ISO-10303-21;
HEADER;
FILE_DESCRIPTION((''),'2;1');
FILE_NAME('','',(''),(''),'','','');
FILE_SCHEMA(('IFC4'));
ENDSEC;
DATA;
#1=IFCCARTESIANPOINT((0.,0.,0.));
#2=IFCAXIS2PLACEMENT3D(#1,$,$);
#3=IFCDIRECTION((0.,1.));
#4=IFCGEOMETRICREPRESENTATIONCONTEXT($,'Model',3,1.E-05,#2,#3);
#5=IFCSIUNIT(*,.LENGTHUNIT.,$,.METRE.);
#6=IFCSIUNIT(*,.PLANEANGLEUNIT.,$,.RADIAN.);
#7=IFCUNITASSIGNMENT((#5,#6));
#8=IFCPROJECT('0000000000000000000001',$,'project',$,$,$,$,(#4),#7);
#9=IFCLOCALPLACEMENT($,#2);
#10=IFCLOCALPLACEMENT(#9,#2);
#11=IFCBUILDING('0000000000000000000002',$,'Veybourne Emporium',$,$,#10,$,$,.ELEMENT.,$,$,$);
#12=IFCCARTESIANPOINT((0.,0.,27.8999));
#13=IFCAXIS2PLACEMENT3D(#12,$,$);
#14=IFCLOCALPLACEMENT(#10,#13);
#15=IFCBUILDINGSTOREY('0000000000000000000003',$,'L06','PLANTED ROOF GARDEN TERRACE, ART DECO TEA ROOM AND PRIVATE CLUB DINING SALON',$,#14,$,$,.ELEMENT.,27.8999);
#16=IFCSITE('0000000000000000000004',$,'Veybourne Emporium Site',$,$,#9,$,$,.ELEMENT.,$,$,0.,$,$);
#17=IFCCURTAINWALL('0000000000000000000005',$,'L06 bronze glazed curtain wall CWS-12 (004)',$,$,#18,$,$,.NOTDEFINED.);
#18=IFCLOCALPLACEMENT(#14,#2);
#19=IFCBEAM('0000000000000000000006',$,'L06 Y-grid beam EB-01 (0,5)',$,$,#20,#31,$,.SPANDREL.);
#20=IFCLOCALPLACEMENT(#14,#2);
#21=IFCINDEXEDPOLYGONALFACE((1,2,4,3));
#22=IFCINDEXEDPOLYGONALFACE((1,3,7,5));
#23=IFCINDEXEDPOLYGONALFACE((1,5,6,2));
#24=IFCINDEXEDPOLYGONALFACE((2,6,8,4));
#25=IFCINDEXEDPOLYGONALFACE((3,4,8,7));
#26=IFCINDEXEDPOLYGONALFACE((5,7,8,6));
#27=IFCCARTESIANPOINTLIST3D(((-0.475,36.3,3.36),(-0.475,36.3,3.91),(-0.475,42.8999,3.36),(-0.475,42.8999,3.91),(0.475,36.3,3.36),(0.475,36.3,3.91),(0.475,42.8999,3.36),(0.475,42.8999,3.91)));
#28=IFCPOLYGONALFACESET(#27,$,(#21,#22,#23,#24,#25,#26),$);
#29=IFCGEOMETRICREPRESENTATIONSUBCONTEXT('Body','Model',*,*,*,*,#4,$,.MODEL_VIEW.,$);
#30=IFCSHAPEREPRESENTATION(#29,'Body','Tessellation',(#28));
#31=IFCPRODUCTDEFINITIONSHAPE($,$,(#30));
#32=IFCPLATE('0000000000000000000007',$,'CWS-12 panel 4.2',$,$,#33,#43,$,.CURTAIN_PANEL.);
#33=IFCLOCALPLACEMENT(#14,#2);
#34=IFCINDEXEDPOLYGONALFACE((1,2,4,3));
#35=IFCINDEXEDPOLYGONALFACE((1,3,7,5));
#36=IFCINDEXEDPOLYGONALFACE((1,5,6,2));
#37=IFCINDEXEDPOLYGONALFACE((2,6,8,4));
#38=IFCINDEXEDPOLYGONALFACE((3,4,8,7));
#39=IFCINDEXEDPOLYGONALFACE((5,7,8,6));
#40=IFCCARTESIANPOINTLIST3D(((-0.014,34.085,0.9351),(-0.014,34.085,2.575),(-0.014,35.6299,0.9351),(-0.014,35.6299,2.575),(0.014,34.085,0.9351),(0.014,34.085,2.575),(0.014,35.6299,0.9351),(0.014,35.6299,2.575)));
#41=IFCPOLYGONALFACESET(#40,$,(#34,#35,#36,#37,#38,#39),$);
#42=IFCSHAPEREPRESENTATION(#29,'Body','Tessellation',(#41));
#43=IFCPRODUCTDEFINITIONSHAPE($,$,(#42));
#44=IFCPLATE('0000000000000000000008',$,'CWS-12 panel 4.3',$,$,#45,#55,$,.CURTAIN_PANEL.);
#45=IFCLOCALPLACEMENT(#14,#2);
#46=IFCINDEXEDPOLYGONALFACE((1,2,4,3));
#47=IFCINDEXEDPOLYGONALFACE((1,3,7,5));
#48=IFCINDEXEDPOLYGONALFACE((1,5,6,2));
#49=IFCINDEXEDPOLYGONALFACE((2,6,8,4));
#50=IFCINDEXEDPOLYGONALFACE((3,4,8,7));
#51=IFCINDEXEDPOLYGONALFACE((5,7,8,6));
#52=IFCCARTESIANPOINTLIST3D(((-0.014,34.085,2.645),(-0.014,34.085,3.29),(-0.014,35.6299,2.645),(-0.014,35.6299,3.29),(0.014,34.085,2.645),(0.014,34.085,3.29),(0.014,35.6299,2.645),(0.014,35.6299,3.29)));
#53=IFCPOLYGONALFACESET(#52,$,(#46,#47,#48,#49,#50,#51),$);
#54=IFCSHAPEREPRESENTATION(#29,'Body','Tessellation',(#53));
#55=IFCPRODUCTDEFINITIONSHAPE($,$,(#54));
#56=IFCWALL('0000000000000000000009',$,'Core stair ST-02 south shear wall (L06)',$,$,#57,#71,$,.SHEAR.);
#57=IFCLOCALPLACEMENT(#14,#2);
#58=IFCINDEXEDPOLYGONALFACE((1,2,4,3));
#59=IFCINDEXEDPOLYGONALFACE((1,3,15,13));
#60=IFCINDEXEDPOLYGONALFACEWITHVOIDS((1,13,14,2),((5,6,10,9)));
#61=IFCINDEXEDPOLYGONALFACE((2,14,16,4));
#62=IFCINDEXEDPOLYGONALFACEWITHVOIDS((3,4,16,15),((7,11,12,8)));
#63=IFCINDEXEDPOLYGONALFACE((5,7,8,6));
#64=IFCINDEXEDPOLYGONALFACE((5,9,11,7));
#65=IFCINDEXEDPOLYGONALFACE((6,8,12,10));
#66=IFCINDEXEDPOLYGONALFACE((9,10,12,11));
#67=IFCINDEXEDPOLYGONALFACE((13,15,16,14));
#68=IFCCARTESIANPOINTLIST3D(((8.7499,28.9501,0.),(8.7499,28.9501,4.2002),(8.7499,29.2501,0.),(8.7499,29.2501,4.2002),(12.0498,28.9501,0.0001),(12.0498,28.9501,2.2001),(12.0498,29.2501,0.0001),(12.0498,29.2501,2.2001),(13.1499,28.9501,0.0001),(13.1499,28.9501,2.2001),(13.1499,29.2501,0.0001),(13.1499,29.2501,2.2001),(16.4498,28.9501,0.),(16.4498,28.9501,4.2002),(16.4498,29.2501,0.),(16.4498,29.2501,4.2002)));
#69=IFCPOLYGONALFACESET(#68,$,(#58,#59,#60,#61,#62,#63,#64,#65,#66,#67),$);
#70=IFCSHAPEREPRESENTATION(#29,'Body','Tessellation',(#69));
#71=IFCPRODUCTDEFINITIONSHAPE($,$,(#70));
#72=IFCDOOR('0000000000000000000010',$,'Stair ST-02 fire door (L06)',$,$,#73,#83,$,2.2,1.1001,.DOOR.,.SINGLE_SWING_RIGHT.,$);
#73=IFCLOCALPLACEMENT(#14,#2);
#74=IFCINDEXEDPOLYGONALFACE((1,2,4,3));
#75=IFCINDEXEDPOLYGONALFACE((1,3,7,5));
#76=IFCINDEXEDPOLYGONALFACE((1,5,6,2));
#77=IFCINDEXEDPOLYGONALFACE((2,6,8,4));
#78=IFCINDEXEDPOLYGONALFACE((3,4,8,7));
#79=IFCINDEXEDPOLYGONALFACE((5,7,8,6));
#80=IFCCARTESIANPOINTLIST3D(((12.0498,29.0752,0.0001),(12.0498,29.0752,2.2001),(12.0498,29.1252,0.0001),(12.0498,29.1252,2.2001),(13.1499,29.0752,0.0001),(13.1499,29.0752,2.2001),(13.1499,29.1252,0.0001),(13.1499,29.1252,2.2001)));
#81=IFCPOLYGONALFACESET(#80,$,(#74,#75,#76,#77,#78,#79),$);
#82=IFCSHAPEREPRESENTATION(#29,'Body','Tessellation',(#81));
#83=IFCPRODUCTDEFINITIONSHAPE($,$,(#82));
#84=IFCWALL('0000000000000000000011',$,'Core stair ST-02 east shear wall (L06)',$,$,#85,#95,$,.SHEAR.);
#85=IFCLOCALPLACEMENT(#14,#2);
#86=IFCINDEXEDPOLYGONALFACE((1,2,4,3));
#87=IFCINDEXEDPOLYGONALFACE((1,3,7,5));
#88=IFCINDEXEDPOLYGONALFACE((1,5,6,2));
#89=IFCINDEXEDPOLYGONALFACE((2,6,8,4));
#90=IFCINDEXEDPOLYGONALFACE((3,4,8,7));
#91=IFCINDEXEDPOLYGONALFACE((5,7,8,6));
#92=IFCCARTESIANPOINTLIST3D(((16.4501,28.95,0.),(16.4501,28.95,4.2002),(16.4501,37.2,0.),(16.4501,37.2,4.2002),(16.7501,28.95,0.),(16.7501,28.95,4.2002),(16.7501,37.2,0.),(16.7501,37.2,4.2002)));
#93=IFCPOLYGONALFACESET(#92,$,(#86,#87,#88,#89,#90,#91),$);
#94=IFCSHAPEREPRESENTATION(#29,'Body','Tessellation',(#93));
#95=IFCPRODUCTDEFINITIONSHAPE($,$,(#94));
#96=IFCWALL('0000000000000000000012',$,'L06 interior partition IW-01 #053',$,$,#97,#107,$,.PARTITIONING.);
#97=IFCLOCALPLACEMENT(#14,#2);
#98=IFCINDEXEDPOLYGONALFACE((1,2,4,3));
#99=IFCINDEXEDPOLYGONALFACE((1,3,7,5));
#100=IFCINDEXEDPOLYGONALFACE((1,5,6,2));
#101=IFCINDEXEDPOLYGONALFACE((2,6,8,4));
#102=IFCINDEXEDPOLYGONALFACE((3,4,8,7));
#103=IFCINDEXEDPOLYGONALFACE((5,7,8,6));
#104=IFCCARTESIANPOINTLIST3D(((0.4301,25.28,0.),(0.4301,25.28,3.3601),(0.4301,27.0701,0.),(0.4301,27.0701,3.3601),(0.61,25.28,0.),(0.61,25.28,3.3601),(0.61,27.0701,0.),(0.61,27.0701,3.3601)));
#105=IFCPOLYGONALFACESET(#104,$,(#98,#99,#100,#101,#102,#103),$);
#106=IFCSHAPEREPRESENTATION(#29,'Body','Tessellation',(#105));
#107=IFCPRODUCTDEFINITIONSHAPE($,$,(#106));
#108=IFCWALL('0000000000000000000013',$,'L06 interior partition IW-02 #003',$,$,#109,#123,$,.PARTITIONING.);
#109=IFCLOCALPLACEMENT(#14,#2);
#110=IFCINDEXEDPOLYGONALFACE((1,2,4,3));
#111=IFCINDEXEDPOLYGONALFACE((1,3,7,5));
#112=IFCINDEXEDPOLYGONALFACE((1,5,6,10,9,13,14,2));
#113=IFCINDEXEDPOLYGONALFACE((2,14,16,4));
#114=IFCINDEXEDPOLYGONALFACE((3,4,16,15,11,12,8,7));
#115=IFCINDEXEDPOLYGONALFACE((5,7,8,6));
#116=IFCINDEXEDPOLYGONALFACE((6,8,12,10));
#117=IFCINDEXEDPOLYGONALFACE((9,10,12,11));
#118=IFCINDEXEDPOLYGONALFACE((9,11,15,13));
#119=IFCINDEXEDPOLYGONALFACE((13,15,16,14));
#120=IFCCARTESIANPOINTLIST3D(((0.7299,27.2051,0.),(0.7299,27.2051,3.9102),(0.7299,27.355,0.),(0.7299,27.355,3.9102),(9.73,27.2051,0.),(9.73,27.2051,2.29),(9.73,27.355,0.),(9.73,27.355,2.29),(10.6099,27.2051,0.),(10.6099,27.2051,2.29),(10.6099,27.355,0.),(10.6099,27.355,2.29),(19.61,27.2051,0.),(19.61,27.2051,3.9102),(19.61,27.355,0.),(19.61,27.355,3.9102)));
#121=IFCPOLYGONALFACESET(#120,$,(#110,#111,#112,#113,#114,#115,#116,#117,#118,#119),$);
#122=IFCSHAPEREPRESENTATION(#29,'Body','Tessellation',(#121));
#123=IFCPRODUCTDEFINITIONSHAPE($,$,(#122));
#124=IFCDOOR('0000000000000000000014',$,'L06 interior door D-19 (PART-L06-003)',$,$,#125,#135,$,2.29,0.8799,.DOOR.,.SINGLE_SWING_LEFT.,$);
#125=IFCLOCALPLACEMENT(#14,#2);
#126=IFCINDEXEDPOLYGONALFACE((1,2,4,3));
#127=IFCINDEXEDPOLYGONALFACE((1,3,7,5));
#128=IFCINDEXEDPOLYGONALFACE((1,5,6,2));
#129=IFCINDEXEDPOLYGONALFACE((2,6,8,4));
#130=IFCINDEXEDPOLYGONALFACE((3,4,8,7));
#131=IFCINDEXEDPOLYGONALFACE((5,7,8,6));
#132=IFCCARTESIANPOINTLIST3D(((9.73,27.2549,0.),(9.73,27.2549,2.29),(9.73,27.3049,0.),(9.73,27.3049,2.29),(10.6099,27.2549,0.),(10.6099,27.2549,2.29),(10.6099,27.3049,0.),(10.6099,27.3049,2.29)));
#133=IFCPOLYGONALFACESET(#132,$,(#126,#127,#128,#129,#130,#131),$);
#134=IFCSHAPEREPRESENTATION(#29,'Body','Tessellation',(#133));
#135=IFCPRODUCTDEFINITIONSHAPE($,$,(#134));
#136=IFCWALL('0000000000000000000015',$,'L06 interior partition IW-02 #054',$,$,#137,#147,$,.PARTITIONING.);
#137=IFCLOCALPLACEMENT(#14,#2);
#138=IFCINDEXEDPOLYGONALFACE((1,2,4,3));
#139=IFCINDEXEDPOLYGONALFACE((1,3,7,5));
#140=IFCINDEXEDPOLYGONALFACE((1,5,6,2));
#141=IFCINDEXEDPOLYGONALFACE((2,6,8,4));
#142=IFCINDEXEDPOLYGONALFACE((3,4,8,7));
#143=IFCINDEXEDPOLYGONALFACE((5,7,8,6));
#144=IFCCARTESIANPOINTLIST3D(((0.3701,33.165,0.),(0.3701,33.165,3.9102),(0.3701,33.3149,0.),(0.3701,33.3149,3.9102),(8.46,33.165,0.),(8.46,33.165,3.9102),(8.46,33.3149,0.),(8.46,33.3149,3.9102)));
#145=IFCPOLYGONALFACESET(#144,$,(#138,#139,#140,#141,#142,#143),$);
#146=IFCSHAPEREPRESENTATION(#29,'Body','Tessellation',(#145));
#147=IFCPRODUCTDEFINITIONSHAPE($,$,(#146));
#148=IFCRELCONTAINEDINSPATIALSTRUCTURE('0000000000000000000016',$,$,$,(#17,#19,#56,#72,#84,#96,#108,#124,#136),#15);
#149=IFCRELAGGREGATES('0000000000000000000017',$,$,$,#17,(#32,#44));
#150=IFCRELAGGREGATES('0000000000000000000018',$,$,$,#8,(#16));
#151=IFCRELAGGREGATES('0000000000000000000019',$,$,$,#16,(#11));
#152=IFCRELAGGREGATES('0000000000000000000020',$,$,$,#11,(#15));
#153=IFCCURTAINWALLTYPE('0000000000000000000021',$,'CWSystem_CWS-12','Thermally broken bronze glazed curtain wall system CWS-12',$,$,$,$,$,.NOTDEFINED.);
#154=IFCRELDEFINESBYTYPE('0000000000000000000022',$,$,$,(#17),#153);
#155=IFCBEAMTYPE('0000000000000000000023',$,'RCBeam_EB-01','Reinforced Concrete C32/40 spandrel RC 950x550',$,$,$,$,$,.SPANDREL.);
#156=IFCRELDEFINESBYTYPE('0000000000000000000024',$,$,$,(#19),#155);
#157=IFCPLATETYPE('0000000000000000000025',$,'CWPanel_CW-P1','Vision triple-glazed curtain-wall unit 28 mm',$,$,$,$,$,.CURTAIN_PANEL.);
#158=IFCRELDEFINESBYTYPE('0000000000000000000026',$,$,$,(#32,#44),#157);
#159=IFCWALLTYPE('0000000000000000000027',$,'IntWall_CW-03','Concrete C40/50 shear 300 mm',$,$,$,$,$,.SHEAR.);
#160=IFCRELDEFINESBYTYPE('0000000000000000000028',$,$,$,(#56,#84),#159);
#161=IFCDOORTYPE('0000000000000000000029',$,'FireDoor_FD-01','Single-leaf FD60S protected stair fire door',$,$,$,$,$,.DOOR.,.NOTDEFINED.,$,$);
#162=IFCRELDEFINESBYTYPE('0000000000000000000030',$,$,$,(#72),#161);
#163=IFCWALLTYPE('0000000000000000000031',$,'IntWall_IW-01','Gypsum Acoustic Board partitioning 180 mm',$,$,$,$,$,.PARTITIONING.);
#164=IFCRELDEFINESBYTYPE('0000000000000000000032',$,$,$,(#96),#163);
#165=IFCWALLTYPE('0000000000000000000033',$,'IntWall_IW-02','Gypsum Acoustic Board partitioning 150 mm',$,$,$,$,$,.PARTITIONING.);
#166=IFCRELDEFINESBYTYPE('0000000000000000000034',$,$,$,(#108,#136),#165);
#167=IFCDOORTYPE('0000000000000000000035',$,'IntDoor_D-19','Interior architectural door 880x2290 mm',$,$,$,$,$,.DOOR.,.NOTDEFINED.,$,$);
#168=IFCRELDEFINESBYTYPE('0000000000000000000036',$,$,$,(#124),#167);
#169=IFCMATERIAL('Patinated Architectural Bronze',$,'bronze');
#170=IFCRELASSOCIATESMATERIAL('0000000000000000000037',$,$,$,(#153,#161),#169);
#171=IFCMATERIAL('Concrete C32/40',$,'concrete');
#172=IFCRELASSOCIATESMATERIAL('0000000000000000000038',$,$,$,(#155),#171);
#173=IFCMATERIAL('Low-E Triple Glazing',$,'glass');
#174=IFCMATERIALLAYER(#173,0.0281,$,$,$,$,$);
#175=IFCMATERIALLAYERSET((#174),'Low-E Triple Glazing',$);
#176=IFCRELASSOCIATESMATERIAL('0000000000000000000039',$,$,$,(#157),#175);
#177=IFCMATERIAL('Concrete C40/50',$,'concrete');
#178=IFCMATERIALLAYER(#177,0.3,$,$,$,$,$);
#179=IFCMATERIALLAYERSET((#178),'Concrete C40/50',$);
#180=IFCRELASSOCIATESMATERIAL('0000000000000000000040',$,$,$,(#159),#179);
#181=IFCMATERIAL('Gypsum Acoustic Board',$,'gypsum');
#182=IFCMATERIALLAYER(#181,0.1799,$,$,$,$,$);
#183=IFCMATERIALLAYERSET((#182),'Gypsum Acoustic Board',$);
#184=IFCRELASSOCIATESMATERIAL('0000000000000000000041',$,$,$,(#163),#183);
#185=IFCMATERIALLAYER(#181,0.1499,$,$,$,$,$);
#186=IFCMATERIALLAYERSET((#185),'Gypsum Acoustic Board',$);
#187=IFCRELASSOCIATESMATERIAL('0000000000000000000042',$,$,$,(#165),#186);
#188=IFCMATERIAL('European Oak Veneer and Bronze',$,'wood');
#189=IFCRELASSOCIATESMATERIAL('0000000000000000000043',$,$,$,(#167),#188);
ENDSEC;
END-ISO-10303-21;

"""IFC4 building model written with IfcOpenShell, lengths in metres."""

from ifc_helpers import new_model, si_unit, direction, frame, frame_2d, origin, origin_2d, place, context, subcontext, project, spatial, rectangle, extrude, material, layer, layer_set, material_profile, profile_set, type_object, element, fill, aggregate, save


model = new_model("IFC4")

# Units and contexts
model_context = context("Model", 3, precision=1e-05, world=origin(), true_north=direction((0.0, 1.0)))
body_context = subcontext(model_context, "Body", "Model", "MODEL_VIEW")
ifc_project = project(units=[si_unit("LENGTHUNIT", "METRE"), si_unit("PLANEANGLEUNIT", "RADIAN")], contexts=[model_context])

# Site, building, storey
site_placement = place(None, origin())
site = spatial("IfcSite", under=ifc_project, at=site_placement, Name="Veybourne Emporium Site", CompositionType="ELEMENT", RefElevation=0.0)
building_placement = place(site_placement, origin())
building = spatial("IfcBuilding", under=site, at=building_placement, Name="Veybourne Emporium", CompositionType="ELEMENT")
storey_placement = place(building_placement, frame((0.0, 0.0, 27.8999)))
storey = spatial("IfcBuildingStorey", under=building, at=storey_placement, Name="L06", Description="PLANTED ROOF GARDEN TERRACE, ART DECO TEA ROOM AND PRIVATE CLUB DINING SALON", CompositionType="ELEMENT", Elevation=27.8999)

# Shared definitions
ifc_material_1 = material(Name="Concrete C40/50", Category="concrete")

# Curtain wall
ifc_material_2 = material(Name="Patinated Architectural Bronze", Category="bronze")
curtain_wall_type_1 = type_object("IfcCurtainWallType", Name="CWSystem_CWS-12", Description="Thermally broken bronze glazed curtain wall system CWS-12", PredefinedType="NOTDEFINED", material=ifc_material_2)
curtain_wall_1_placement = place(storey_placement, origin())
curtain_wall_1 = element("IfcCurtainWall", 1, at=curtain_wall_1_placement, inside=storey, type_object=curtain_wall_type_1, Name="L06 bronze glazed curtain wall CWS-12 (004)", PredefinedType="NOTDEFINED")

# Beam
ifc_material_3 = material(Name="Concrete C32/40", Category="concrete")
ifc_material_profile_1 = material_profile(ifc_material_3, rectangle(XDim=0.95, YDim=0.55, at=origin_2d()), Name="RC 950x550")
ifc_profile_set_1 = profile_set([ifc_material_profile_1], Name="Concrete C32/40")
beam_type_1 = type_object("IfcBeamType", Name="RCBeam_EB-01", Description="Reinforced Concrete C32/40 spandrel RC 950x550", PredefinedType="SPANDREL", material=ifc_profile_set_1)
beam_1_placement = place(storey_placement, frame((0.0, 36.3, 3.635), z_axis=(0.0, 1.0, 0.0), x_axis=(-1.0, 0.0, 0.0)))
element("IfcBeam", 2, at=beam_1_placement, inside=storey, type_object=beam_type_1, Name="L06 Y-grid beam EB-01 (0,5)", PredefinedType="SPANDREL", context=body_context, shape_type="SweptSolid", body=[
    extrude(rectangle(XDim=0.95, YDim=0.55, at=origin_2d()), origin(), (0.0, 0.0, 1.0), 6.5999),
])

# Plates
ifc_material_4 = material(Name="Low-E Triple Glazing", Category="glass")
ifc_layer_1 = layer(ifc_material_4, 0.0281)
ifc_layer_set_1 = layer_set([ifc_layer_1], Name="Low-E Triple Glazing")
plate_type = type_object("IfcPlateType", Name="CWPanel_CW-P1", Description="Vision triple-glazed curtain-wall unit 28 mm", PredefinedType="CURTAIN_PANEL", material=ifc_layer_set_1)
plate_1_placement = place(storey_placement, frame((0.0, 34.8574, 0.9351), z_axis=(0.0, 0.0, 1.0), x_axis=(0.0, 1.0, 0.0)))
plate_1 = element("IfcPlate", 3, at=plate_1_placement, type_object=plate_type, Name="CWS-12 panel 4.2", PredefinedType="CURTAIN_PANEL", context=body_context, shape_type="SweptSolid", body=[
    extrude(rectangle(XDim=1.5449, YDim=0.0281, at=origin_2d()), origin(), (0.0, 0.0, 1.0), 1.6399),
])
plate_2_placement = place(storey_placement, frame((0.0, 34.8574, 2.645), z_axis=(0.0, 0.0, 1.0), x_axis=(0.0, 1.0, 0.0)))
plate_2 = element("IfcPlate", 4, at=plate_2_placement, type_object=plate_type, Name="CWS-12 panel 4.3", PredefinedType="CURTAIN_PANEL", context=body_context, shape_type="SweptSolid", body=[
    extrude(rectangle(XDim=1.5449, YDim=0.0281, at=origin_2d()), origin(), (0.0, 0.0, 1.0), 0.645),
])
aggregate(curtain_wall_1, [plate_1, plate_2])

# Wall, opening, door
ifc_layer_2 = layer(ifc_material_1, 0.3)
ifc_layer_set_2 = layer_set([ifc_layer_2], Name="Concrete C40/50")
wall_type_1 = type_object("IfcWallType", Name="IntWall_CW-03", Description="Concrete C40/50 shear 300 mm", PredefinedType="SHEAR", material=ifc_layer_set_2)
wall_1_placement = place(storey_placement, frame((16.45, 29.1001, 0.0), z_axis=(0.0, 0.0, 1.0), x_axis=(-1.0, 0.0, 0.0)))
wall_1 = element("IfcWall", 5, at=wall_1_placement, inside=storey, type_object=wall_type_1, Name="Core stair ST-02 south shear wall (L06)", PredefinedType="SHEAR", context=body_context, shape_type="SweptSolid", body=[
    extrude(rectangle(XDim=7.7, YDim=0.3, at=frame_2d((3.8501, 0.0))), origin(), (0.0, 0.0, 1.0), 4.2002),
])
opening_1_placement = place(wall_1_placement, frame((3.3, 0.0, 0.0)))
opening_1 = element("IfcOpeningElement", 6, at=opening_1_placement, cuts=wall_1, PredefinedType="OPENING", context=body_context, shape_type="SweptSolid", body=[
    extrude(rectangle(XDim=1.1001, YDim=2.2, at=frame_2d((0.55, 1.1001))), frame((0.0, 0.1699, 0.0), z_axis=(0.0, -1.0, 0.0), x_axis=(1.0, 0.0, 0.0)), (0.0, 0.0, 1.0), 0.3401),
])
door_type_1 = type_object("IfcDoorType", Name="FireDoor_FD-01", Description="Single-leaf FD60S protected stair fire door", OperationType="NOTDEFINED", PredefinedType="DOOR", material=ifc_material_2)
door_1_placement = place(opening_1_placement, origin())
door_1 = element("IfcDoor", 7, at=door_1_placement, inside=storey, type_object=door_type_1, Name="Stair ST-02 fire door (L06)", OperationType="SINGLE_SWING_RIGHT", OverallHeight=2.2, OverallWidth=1.1001, PredefinedType="DOOR", context=body_context, shape_type="SweptSolid", body=[
    extrude(rectangle(XDim=1.1001, YDim=2.2, at=frame_2d((0.55, 1.1001))), frame((0.0, 0.0249, 0.0), z_axis=(0.0, -1.0, 0.0), x_axis=(1.0, 0.0, 0.0)), (0.0, 0.0, 1.0), 0.05),
])
fill(opening_1, door_1)

# Walls
wall_2_placement = place(storey_placement, frame((16.6001, 28.95, 0.0), z_axis=(0.0, 0.0, 1.0), x_axis=(0.0, 1.0, 0.0)))
element("IfcWall", 8, at=wall_2_placement, inside=storey, type_object=wall_type_1, Name="Core stair ST-02 east shear wall (L06)", PredefinedType="SHEAR", context=body_context, shape_type="SweptSolid", body=[
    extrude(rectangle(XDim=8.25, YDim=0.3, at=frame_2d((4.125, 0.0))), origin(), (0.0, 0.0, 1.0), 4.2002),
])
ifc_material_5 = material(Name="Gypsum Acoustic Board", Category="gypsum")
ifc_layer_3 = layer(ifc_material_5, 0.1799)
ifc_layer_set_3 = layer_set([ifc_layer_3], Name="Gypsum Acoustic Board")
wall_type_2 = type_object("IfcWallType", Name="IntWall_IW-01", Description="Gypsum Acoustic Board partitioning 180 mm", PredefinedType="PARTITIONING", material=ifc_layer_set_3)
wall_3_placement = place(storey_placement, frame((0.52, 25.28, 0.0), z_axis=(0.0, 0.0, 1.0), x_axis=(0.0, 1.0, 0.0)))
element("IfcWall", 9, at=wall_3_placement, inside=storey, type_object=wall_type_2, Name="L06 interior partition IW-01 #053", PredefinedType="PARTITIONING", context=body_context, shape_type="SweptSolid", body=[
    extrude(rectangle(XDim=1.79, YDim=0.1799, at=frame_2d((0.895, 0.0))), origin(), (0.0, 0.0, 1.0), 3.3601),
])

# Wall, opening, door
ifc_layer_4 = layer(ifc_material_5, 0.1499)
ifc_layer_set_4 = layer_set([ifc_layer_4], Name="Gypsum Acoustic Board")
wall_type_3 = type_object("IfcWallType", Name="IntWall_IW-02", Description="Gypsum Acoustic Board partitioning 150 mm", PredefinedType="PARTITIONING", material=ifc_layer_set_4)
wall_4_placement = place(storey_placement, frame((0.73, 27.28, 0.0), z_axis=(0.0, 0.0, 1.0), x_axis=(1.0, 0.0, 0.0)))
wall_4 = element("IfcWall", 10, at=wall_4_placement, inside=storey, type_object=wall_type_3, Name="L06 interior partition IW-02 #003", PredefinedType="PARTITIONING", context=body_context, shape_type="SweptSolid", body=[
    extrude(rectangle(XDim=18.8801, YDim=0.1499, at=frame_2d((9.4399, 0.0))), origin(), (0.0, 0.0, 1.0), 3.9102),
])
opening_2_placement = place(wall_4_placement, frame((9.0, 0.0, 0.0)))
opening_2 = element("IfcOpeningElement", 11, at=opening_2_placement, cuts=wall_4, PredefinedType="OPENING", context=body_context, shape_type="SweptSolid", body=[
    extrude(rectangle(XDim=0.8799, YDim=2.29, at=frame_2d((0.4399, 1.145))), frame((0.0, 0.095, 0.0), z_axis=(0.0, -1.0, 0.0), x_axis=(1.0, 0.0, 0.0)), (0.0, 0.0, 1.0), 0.1899),
])
ifc_material_6 = material(Name="European Oak Veneer and Bronze", Category="wood")
door_type_2 = type_object("IfcDoorType", Name="IntDoor_D-19", Description="Interior architectural door 880x2290 mm", OperationType="NOTDEFINED", PredefinedType="DOOR", material=ifc_material_6)
door_2_placement = place(opening_2_placement, origin())
door_2 = element("IfcDoor", 12, at=door_2_placement, inside=storey, type_object=door_type_2, Name="L06 interior door D-19 (PART-L06-003)", OperationType="SINGLE_SWING_LEFT", OverallHeight=2.29, OverallWidth=0.8799, PredefinedType="DOOR", context=body_context, shape_type="SweptSolid", body=[
    extrude(rectangle(XDim=0.8799, YDim=2.29, at=frame_2d((0.4399, 1.145))), frame((0.0, 0.0249, 0.0), z_axis=(0.0, -1.0, 0.0), x_axis=(1.0, 0.0, 0.0)), (0.0, 0.0, 1.0), 0.05),
])
fill(opening_2, door_2)

# Wall
wall_5_placement = place(storey_placement, frame((0.3701, 33.24, 0.0), z_axis=(0.0, 0.0, 1.0), x_axis=(1.0, 0.0, 0.0)))
element("IfcWall", 13, at=wall_5_placement, inside=storey, type_object=wall_type_3, Name="L06 interior partition IW-02 #054", PredefinedType="PARTITIONING", context=body_context, shape_type="SweptSolid", body=[
    extrude(rectangle(XDim=8.0898, YDim=0.1499, at=frame_2d((4.0449, 0.0))), origin(), (0.0, 0.0, 1.0), 3.9102),
])

save(model, "model.ifc")
